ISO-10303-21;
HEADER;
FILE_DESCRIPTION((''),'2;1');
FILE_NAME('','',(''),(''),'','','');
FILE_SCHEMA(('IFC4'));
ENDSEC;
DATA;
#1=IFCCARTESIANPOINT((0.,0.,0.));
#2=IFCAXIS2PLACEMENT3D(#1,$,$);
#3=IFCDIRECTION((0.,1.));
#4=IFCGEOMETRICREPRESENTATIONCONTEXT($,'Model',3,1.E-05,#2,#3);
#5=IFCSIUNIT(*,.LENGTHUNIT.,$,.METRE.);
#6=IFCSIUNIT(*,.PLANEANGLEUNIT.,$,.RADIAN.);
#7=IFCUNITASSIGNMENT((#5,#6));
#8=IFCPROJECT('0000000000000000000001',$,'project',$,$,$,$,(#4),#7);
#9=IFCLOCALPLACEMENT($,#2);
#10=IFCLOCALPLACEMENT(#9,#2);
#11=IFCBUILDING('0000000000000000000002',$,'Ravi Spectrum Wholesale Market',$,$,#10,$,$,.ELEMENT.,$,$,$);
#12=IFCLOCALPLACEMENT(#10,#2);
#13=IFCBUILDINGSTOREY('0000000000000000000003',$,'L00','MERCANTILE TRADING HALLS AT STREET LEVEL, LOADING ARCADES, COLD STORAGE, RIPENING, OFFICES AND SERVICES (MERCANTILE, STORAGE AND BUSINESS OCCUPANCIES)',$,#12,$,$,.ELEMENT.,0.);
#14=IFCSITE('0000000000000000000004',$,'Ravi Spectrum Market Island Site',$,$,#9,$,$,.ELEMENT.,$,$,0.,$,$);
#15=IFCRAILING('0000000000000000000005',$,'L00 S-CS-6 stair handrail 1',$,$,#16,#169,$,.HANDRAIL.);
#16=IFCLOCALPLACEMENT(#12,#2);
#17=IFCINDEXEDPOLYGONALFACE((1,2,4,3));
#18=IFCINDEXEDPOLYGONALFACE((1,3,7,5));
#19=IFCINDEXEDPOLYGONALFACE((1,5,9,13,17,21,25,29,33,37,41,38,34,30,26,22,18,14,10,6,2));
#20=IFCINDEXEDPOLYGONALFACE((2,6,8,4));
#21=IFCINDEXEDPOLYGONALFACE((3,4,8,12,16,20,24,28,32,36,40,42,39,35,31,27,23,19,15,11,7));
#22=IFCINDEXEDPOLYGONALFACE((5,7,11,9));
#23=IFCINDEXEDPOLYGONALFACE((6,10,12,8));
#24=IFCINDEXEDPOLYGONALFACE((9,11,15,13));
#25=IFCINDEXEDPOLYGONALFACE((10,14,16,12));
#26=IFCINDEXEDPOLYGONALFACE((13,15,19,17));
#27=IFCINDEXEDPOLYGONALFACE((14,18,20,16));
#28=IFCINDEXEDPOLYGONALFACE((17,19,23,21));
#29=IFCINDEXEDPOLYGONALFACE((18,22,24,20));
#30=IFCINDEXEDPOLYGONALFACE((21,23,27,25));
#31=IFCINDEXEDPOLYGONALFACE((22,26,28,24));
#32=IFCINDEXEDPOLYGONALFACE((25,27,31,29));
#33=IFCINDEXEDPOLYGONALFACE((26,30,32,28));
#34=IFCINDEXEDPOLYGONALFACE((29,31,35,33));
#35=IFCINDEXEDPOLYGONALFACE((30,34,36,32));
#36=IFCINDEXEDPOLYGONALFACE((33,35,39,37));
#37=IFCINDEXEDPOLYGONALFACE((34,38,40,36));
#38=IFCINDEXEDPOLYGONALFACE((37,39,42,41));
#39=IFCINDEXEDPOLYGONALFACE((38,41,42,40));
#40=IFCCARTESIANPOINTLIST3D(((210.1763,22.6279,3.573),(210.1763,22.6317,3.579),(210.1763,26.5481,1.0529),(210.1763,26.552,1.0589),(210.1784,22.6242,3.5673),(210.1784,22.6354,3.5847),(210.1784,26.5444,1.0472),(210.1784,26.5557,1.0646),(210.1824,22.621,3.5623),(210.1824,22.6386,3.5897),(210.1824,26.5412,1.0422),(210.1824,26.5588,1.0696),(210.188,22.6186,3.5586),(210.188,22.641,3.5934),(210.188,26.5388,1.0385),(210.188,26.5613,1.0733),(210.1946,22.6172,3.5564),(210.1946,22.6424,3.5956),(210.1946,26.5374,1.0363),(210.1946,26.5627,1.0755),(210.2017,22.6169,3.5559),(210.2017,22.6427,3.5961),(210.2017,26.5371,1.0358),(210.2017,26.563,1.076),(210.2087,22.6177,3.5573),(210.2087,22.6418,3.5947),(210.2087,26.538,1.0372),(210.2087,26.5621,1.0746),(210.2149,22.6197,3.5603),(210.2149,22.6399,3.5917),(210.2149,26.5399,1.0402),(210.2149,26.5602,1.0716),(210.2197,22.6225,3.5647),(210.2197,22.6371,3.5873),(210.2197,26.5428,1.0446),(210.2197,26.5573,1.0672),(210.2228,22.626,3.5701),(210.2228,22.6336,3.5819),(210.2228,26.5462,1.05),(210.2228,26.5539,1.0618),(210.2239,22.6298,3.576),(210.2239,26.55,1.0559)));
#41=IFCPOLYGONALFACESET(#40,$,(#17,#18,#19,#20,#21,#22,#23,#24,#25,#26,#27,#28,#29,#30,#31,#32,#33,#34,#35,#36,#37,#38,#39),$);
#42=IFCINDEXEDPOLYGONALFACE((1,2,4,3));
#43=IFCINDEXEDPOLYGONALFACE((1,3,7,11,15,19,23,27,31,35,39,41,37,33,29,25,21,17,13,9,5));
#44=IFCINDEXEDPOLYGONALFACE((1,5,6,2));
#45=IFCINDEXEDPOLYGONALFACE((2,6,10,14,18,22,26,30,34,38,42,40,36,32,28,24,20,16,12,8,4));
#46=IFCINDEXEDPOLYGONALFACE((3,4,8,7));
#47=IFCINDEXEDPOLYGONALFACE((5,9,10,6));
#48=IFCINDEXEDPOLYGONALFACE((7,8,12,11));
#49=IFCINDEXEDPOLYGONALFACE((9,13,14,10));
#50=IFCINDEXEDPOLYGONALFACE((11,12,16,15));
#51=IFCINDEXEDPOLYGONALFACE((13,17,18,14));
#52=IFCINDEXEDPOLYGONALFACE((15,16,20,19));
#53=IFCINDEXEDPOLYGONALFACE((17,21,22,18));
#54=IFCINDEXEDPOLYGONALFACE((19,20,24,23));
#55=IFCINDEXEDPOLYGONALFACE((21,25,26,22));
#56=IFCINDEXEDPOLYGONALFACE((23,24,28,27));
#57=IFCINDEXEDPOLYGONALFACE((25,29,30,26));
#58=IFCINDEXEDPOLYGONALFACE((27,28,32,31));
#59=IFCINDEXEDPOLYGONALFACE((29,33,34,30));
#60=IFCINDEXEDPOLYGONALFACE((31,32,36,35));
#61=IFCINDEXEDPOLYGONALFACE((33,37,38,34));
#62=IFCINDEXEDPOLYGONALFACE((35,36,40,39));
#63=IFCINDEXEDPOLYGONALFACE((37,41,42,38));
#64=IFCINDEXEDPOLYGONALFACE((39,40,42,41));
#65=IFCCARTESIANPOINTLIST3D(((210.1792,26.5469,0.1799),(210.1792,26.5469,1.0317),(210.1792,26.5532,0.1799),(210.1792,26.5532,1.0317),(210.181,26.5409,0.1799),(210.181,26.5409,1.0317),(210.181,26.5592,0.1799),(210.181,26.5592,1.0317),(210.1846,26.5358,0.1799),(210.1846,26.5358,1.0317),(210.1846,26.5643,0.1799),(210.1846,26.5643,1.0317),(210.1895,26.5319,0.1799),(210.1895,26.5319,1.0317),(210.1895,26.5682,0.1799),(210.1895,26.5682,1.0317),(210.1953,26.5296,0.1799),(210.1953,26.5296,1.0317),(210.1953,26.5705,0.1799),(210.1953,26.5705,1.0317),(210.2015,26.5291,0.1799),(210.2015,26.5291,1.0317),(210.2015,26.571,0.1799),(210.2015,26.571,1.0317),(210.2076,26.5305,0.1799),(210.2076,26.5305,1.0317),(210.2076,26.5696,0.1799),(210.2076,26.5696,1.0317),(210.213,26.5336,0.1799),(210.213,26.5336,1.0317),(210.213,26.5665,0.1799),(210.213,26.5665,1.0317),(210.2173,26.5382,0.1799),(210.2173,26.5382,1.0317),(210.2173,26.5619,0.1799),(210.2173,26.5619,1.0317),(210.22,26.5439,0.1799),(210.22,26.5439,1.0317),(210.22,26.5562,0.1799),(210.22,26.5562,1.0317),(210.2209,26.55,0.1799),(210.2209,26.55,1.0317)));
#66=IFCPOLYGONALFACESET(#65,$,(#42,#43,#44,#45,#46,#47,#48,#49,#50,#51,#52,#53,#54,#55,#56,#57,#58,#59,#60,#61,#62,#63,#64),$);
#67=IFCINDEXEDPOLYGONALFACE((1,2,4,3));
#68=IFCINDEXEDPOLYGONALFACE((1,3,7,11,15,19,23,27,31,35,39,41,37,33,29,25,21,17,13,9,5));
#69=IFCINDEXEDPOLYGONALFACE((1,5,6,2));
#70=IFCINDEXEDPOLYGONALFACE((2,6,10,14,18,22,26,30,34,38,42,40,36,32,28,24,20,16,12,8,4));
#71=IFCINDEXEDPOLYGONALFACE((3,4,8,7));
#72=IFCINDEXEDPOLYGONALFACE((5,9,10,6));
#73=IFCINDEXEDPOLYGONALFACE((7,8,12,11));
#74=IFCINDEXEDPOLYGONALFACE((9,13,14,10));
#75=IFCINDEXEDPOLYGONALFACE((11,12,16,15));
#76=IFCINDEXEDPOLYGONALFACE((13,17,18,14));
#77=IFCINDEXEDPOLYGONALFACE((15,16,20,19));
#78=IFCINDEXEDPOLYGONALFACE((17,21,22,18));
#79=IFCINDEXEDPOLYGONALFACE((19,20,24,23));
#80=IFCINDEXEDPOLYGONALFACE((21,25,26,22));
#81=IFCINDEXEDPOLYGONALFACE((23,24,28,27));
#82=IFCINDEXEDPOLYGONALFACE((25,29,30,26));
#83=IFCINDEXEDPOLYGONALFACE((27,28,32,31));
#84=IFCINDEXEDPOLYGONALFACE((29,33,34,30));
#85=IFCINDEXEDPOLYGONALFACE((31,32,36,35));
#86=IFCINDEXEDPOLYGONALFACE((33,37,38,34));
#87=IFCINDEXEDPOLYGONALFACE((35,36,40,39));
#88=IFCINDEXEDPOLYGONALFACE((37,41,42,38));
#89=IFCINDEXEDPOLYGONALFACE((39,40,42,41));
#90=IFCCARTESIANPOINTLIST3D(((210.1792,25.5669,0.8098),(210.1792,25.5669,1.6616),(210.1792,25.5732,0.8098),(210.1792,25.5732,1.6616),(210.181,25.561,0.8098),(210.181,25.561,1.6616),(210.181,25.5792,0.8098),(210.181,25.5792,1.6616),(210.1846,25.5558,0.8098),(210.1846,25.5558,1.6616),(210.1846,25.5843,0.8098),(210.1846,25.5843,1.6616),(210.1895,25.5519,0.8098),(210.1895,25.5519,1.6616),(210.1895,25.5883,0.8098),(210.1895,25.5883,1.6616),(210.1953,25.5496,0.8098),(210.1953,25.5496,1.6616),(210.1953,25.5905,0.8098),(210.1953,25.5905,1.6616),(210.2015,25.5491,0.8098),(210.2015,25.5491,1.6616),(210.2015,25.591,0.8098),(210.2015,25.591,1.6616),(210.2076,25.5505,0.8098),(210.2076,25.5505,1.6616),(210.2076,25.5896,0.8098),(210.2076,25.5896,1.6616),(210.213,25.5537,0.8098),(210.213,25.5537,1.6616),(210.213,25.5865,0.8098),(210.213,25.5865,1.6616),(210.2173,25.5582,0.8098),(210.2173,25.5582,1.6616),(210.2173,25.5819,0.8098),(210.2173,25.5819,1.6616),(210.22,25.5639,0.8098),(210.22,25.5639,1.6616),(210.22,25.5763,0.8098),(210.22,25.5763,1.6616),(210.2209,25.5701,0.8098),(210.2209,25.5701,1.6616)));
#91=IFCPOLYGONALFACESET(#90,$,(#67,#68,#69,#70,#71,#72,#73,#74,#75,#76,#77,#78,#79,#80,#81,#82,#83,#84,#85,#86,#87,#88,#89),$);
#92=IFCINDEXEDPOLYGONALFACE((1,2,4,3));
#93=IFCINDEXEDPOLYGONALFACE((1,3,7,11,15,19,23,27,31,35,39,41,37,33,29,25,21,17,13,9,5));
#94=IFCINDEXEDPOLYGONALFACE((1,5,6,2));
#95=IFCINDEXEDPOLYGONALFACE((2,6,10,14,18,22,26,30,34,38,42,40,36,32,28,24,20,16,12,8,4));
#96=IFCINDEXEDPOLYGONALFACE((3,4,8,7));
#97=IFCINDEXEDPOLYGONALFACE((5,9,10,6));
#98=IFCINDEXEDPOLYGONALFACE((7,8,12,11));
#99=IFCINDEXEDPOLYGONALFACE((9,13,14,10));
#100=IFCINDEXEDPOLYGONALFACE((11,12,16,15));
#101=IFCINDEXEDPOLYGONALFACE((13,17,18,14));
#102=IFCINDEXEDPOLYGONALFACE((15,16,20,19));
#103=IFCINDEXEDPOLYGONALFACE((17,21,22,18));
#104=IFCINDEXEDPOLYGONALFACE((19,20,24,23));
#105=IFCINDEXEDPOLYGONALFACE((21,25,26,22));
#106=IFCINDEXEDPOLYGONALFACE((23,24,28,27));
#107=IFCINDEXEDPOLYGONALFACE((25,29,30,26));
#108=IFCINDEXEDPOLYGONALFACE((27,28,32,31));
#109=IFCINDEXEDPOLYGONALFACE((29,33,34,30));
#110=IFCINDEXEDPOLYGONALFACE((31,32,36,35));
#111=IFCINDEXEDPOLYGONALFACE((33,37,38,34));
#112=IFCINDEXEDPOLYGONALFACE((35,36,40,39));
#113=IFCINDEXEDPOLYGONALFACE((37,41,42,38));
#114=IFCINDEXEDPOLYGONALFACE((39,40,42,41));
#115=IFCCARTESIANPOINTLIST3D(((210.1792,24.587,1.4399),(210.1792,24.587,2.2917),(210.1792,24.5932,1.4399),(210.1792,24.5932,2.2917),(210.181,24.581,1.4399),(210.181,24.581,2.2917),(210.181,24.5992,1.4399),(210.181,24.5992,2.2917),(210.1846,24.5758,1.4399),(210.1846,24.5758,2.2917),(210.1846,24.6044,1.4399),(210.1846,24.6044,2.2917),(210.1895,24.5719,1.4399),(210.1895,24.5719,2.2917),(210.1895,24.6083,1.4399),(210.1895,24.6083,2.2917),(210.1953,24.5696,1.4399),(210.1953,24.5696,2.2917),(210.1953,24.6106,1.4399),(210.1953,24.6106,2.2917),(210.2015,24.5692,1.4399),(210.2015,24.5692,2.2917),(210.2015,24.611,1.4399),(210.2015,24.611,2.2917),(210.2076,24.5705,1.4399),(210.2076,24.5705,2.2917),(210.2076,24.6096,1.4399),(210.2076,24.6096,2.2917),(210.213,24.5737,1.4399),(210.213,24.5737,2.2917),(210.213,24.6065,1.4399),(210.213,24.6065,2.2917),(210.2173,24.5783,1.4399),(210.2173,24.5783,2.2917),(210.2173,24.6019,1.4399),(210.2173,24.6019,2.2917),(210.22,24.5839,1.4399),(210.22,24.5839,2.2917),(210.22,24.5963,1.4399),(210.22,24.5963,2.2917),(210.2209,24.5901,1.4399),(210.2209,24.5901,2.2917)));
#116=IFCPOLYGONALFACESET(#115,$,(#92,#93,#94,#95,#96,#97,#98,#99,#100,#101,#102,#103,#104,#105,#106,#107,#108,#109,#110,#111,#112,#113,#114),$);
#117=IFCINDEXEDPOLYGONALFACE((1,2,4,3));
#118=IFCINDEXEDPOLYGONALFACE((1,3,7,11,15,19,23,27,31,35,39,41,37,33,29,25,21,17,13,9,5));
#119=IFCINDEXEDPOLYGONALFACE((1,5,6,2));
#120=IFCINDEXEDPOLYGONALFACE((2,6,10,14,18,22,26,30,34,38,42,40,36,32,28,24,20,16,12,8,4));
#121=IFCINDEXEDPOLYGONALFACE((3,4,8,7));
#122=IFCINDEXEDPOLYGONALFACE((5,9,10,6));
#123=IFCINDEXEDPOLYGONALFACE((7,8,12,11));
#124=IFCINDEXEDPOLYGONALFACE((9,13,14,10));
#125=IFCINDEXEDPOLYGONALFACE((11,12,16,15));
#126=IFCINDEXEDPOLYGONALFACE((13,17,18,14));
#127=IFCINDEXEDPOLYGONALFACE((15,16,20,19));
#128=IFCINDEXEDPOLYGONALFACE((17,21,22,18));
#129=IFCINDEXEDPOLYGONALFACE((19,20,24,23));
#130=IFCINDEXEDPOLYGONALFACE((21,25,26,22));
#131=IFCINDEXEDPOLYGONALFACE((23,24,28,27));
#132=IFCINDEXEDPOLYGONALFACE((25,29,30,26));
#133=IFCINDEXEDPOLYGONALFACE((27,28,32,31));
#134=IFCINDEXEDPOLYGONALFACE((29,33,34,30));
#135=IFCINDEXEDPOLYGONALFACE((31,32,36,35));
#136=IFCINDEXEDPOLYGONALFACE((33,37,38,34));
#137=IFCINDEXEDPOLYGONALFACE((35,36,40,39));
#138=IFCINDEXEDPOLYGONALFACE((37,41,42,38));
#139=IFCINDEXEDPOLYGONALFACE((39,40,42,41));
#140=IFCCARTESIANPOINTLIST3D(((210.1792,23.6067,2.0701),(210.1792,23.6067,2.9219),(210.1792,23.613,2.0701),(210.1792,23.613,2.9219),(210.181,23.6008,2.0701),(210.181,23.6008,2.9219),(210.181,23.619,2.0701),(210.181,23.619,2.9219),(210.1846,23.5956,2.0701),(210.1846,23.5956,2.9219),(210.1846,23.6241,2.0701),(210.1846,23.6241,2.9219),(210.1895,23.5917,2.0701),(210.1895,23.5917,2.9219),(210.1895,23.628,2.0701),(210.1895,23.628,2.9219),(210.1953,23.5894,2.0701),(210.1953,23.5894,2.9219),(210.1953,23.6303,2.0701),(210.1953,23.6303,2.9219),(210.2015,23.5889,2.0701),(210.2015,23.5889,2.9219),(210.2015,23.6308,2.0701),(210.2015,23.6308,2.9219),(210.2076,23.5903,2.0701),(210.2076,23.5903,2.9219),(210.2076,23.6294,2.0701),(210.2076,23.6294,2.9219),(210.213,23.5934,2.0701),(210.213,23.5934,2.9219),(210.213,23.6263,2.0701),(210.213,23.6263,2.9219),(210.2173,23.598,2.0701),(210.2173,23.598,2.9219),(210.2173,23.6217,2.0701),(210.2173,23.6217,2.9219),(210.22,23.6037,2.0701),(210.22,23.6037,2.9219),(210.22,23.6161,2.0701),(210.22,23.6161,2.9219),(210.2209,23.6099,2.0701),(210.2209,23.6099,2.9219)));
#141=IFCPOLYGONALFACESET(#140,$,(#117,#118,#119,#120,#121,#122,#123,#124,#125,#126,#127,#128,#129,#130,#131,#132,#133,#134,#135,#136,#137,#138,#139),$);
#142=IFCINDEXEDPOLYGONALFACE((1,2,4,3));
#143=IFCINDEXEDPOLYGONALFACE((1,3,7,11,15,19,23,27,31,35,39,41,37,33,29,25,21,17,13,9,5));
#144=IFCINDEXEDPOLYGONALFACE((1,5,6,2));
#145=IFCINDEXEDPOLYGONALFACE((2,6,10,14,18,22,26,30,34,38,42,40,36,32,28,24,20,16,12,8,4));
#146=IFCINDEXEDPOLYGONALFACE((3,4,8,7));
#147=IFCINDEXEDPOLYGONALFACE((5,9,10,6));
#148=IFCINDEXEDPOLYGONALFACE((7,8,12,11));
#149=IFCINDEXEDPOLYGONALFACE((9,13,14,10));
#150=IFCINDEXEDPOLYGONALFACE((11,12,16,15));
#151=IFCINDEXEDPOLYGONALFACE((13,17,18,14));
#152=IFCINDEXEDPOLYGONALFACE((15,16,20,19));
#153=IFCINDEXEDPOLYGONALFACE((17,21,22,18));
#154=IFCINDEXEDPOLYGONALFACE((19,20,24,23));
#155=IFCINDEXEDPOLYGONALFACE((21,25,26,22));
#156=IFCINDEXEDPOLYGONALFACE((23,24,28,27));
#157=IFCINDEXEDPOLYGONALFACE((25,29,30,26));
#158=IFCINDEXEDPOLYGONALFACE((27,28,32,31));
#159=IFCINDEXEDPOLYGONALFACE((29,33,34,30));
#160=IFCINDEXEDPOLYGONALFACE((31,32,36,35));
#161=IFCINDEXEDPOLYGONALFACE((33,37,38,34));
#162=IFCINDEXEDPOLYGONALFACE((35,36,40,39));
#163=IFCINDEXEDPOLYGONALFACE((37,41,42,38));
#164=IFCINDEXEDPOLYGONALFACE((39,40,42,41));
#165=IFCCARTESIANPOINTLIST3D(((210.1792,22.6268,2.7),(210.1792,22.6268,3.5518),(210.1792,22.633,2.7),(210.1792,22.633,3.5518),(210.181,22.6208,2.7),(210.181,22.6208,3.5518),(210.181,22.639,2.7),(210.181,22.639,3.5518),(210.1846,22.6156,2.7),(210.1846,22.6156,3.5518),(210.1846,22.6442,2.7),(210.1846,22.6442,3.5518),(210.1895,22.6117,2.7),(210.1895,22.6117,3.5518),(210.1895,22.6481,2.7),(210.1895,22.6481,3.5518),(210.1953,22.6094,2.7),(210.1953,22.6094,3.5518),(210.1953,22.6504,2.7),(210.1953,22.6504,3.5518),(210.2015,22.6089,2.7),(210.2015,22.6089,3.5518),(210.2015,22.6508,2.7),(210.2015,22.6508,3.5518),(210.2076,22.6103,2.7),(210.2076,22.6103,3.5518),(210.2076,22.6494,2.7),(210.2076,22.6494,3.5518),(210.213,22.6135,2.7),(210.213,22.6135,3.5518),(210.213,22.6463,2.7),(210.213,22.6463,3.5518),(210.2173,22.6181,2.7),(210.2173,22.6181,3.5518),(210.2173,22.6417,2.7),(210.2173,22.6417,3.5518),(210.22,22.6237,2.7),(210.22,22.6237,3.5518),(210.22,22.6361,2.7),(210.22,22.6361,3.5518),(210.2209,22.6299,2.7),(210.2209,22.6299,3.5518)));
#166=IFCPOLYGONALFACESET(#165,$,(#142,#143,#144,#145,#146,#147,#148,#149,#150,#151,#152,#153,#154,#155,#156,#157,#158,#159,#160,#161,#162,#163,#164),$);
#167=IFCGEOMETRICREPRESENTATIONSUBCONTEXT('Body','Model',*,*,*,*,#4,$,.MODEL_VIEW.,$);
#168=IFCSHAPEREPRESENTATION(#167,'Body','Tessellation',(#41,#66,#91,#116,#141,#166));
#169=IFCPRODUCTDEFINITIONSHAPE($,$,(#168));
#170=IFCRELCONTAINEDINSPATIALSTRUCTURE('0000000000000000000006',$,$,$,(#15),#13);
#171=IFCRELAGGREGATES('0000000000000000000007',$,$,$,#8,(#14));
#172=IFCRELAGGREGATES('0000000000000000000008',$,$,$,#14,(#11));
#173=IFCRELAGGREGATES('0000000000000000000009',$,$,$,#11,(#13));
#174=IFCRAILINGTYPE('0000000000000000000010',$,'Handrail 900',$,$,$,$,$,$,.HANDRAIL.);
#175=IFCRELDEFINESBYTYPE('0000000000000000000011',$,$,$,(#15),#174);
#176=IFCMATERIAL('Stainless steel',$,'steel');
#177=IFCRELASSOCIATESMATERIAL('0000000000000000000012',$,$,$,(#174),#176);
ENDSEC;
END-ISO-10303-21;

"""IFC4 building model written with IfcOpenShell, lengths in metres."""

from ifc_helpers import new_model, si_unit, direction, frame, origin, origin_2d, place, context, subcontext, project, spatial, circle, extrude, material, type_object, element, save


model = new_model("IFC4")

# Units and contexts
model_context = context("Model", 3, precision=1e-05, world=origin(), true_north=direction((0.0, 1.0)))
body_context = subcontext(model_context, "Body", "Model", "MODEL_VIEW")
ifc_project = project(units=[si_unit("LENGTHUNIT", "METRE"), si_unit("PLANEANGLEUNIT", "RADIAN")], contexts=[model_context])

# Site, building, storey
site_placement = place(None, origin())
site = spatial("IfcSite", under=ifc_project, at=site_placement, Name="Ravi Spectrum Market Island Site", CompositionType="ELEMENT", RefElevation=0.0)
building_placement = place(site_placement, origin())
building = spatial("IfcBuilding", under=site, at=building_placement, Name="Ravi Spectrum Wholesale Market", CompositionType="ELEMENT")
storey_placement = place(building_placement, origin())
storey = spatial("IfcBuildingStorey", under=building, at=storey_placement, Name="L00", Description="MERCANTILE TRADING HALLS AT STREET LEVEL, LOADING ARCADES, COLD STORAGE, RIPENING, OFFICES AND SERVICES (MERCANTILE, STORAGE AND BUSINESS OCCUPANCIES)", CompositionType="ELEMENT", Elevation=0.0)

# Railing
ifc_material_1 = material(Name="Stainless steel", Category="steel")
railing_type_1 = type_object("IfcRailingType", Name="Handrail 900", PredefinedType="HANDRAIL", material=ifc_material_1)
railing_1_placement = place(storey_placement, frame((210.2, 26.55, 0.1799)))
element("IfcRailing", 1, at=railing_1_placement, inside=storey, type_object=railing_type_1, Name="L00 S-CS-6 stair handrail 1", PredefinedType="HANDRAIL", context=body_context, shape_type="SweptSolid", body=[
    extrude(circle(Radius=0.0239, at=origin_2d()), frame((0.0, 0.0, 0.876), z_axis=(0.0, -0.841187, 0.540744), x_axis=(1.0, 0.0, 0.0)), (0.0, 0.0, 1.0), 4.6604),
    extrude(circle(Radius=0.021, at=origin_2d()), origin(), (0.0, 0.0, 1.0), 0.8518),
    extrude(circle(Radius=0.021, at=origin_2d()), frame((0.0, -0.98, 0.6299)), (0.0, 0.0, 1.0), 0.8518),
    extrude(circle(Radius=0.021, at=origin_2d()), frame((0.0, -1.96, 1.26)), (0.0, 0.0, 1.0), 0.8518),
    extrude(circle(Radius=0.021, at=origin_2d()), frame((0.0, -2.9402, 1.8901)), (0.0, 0.0, 1.0), 0.8518),
    extrude(circle(Radius=0.021, at=origin_2d()), frame((0.0, -3.9202, 2.52)), (0.0, 0.0, 1.0), 0.8518),
])

save(model, "model.ifc")
